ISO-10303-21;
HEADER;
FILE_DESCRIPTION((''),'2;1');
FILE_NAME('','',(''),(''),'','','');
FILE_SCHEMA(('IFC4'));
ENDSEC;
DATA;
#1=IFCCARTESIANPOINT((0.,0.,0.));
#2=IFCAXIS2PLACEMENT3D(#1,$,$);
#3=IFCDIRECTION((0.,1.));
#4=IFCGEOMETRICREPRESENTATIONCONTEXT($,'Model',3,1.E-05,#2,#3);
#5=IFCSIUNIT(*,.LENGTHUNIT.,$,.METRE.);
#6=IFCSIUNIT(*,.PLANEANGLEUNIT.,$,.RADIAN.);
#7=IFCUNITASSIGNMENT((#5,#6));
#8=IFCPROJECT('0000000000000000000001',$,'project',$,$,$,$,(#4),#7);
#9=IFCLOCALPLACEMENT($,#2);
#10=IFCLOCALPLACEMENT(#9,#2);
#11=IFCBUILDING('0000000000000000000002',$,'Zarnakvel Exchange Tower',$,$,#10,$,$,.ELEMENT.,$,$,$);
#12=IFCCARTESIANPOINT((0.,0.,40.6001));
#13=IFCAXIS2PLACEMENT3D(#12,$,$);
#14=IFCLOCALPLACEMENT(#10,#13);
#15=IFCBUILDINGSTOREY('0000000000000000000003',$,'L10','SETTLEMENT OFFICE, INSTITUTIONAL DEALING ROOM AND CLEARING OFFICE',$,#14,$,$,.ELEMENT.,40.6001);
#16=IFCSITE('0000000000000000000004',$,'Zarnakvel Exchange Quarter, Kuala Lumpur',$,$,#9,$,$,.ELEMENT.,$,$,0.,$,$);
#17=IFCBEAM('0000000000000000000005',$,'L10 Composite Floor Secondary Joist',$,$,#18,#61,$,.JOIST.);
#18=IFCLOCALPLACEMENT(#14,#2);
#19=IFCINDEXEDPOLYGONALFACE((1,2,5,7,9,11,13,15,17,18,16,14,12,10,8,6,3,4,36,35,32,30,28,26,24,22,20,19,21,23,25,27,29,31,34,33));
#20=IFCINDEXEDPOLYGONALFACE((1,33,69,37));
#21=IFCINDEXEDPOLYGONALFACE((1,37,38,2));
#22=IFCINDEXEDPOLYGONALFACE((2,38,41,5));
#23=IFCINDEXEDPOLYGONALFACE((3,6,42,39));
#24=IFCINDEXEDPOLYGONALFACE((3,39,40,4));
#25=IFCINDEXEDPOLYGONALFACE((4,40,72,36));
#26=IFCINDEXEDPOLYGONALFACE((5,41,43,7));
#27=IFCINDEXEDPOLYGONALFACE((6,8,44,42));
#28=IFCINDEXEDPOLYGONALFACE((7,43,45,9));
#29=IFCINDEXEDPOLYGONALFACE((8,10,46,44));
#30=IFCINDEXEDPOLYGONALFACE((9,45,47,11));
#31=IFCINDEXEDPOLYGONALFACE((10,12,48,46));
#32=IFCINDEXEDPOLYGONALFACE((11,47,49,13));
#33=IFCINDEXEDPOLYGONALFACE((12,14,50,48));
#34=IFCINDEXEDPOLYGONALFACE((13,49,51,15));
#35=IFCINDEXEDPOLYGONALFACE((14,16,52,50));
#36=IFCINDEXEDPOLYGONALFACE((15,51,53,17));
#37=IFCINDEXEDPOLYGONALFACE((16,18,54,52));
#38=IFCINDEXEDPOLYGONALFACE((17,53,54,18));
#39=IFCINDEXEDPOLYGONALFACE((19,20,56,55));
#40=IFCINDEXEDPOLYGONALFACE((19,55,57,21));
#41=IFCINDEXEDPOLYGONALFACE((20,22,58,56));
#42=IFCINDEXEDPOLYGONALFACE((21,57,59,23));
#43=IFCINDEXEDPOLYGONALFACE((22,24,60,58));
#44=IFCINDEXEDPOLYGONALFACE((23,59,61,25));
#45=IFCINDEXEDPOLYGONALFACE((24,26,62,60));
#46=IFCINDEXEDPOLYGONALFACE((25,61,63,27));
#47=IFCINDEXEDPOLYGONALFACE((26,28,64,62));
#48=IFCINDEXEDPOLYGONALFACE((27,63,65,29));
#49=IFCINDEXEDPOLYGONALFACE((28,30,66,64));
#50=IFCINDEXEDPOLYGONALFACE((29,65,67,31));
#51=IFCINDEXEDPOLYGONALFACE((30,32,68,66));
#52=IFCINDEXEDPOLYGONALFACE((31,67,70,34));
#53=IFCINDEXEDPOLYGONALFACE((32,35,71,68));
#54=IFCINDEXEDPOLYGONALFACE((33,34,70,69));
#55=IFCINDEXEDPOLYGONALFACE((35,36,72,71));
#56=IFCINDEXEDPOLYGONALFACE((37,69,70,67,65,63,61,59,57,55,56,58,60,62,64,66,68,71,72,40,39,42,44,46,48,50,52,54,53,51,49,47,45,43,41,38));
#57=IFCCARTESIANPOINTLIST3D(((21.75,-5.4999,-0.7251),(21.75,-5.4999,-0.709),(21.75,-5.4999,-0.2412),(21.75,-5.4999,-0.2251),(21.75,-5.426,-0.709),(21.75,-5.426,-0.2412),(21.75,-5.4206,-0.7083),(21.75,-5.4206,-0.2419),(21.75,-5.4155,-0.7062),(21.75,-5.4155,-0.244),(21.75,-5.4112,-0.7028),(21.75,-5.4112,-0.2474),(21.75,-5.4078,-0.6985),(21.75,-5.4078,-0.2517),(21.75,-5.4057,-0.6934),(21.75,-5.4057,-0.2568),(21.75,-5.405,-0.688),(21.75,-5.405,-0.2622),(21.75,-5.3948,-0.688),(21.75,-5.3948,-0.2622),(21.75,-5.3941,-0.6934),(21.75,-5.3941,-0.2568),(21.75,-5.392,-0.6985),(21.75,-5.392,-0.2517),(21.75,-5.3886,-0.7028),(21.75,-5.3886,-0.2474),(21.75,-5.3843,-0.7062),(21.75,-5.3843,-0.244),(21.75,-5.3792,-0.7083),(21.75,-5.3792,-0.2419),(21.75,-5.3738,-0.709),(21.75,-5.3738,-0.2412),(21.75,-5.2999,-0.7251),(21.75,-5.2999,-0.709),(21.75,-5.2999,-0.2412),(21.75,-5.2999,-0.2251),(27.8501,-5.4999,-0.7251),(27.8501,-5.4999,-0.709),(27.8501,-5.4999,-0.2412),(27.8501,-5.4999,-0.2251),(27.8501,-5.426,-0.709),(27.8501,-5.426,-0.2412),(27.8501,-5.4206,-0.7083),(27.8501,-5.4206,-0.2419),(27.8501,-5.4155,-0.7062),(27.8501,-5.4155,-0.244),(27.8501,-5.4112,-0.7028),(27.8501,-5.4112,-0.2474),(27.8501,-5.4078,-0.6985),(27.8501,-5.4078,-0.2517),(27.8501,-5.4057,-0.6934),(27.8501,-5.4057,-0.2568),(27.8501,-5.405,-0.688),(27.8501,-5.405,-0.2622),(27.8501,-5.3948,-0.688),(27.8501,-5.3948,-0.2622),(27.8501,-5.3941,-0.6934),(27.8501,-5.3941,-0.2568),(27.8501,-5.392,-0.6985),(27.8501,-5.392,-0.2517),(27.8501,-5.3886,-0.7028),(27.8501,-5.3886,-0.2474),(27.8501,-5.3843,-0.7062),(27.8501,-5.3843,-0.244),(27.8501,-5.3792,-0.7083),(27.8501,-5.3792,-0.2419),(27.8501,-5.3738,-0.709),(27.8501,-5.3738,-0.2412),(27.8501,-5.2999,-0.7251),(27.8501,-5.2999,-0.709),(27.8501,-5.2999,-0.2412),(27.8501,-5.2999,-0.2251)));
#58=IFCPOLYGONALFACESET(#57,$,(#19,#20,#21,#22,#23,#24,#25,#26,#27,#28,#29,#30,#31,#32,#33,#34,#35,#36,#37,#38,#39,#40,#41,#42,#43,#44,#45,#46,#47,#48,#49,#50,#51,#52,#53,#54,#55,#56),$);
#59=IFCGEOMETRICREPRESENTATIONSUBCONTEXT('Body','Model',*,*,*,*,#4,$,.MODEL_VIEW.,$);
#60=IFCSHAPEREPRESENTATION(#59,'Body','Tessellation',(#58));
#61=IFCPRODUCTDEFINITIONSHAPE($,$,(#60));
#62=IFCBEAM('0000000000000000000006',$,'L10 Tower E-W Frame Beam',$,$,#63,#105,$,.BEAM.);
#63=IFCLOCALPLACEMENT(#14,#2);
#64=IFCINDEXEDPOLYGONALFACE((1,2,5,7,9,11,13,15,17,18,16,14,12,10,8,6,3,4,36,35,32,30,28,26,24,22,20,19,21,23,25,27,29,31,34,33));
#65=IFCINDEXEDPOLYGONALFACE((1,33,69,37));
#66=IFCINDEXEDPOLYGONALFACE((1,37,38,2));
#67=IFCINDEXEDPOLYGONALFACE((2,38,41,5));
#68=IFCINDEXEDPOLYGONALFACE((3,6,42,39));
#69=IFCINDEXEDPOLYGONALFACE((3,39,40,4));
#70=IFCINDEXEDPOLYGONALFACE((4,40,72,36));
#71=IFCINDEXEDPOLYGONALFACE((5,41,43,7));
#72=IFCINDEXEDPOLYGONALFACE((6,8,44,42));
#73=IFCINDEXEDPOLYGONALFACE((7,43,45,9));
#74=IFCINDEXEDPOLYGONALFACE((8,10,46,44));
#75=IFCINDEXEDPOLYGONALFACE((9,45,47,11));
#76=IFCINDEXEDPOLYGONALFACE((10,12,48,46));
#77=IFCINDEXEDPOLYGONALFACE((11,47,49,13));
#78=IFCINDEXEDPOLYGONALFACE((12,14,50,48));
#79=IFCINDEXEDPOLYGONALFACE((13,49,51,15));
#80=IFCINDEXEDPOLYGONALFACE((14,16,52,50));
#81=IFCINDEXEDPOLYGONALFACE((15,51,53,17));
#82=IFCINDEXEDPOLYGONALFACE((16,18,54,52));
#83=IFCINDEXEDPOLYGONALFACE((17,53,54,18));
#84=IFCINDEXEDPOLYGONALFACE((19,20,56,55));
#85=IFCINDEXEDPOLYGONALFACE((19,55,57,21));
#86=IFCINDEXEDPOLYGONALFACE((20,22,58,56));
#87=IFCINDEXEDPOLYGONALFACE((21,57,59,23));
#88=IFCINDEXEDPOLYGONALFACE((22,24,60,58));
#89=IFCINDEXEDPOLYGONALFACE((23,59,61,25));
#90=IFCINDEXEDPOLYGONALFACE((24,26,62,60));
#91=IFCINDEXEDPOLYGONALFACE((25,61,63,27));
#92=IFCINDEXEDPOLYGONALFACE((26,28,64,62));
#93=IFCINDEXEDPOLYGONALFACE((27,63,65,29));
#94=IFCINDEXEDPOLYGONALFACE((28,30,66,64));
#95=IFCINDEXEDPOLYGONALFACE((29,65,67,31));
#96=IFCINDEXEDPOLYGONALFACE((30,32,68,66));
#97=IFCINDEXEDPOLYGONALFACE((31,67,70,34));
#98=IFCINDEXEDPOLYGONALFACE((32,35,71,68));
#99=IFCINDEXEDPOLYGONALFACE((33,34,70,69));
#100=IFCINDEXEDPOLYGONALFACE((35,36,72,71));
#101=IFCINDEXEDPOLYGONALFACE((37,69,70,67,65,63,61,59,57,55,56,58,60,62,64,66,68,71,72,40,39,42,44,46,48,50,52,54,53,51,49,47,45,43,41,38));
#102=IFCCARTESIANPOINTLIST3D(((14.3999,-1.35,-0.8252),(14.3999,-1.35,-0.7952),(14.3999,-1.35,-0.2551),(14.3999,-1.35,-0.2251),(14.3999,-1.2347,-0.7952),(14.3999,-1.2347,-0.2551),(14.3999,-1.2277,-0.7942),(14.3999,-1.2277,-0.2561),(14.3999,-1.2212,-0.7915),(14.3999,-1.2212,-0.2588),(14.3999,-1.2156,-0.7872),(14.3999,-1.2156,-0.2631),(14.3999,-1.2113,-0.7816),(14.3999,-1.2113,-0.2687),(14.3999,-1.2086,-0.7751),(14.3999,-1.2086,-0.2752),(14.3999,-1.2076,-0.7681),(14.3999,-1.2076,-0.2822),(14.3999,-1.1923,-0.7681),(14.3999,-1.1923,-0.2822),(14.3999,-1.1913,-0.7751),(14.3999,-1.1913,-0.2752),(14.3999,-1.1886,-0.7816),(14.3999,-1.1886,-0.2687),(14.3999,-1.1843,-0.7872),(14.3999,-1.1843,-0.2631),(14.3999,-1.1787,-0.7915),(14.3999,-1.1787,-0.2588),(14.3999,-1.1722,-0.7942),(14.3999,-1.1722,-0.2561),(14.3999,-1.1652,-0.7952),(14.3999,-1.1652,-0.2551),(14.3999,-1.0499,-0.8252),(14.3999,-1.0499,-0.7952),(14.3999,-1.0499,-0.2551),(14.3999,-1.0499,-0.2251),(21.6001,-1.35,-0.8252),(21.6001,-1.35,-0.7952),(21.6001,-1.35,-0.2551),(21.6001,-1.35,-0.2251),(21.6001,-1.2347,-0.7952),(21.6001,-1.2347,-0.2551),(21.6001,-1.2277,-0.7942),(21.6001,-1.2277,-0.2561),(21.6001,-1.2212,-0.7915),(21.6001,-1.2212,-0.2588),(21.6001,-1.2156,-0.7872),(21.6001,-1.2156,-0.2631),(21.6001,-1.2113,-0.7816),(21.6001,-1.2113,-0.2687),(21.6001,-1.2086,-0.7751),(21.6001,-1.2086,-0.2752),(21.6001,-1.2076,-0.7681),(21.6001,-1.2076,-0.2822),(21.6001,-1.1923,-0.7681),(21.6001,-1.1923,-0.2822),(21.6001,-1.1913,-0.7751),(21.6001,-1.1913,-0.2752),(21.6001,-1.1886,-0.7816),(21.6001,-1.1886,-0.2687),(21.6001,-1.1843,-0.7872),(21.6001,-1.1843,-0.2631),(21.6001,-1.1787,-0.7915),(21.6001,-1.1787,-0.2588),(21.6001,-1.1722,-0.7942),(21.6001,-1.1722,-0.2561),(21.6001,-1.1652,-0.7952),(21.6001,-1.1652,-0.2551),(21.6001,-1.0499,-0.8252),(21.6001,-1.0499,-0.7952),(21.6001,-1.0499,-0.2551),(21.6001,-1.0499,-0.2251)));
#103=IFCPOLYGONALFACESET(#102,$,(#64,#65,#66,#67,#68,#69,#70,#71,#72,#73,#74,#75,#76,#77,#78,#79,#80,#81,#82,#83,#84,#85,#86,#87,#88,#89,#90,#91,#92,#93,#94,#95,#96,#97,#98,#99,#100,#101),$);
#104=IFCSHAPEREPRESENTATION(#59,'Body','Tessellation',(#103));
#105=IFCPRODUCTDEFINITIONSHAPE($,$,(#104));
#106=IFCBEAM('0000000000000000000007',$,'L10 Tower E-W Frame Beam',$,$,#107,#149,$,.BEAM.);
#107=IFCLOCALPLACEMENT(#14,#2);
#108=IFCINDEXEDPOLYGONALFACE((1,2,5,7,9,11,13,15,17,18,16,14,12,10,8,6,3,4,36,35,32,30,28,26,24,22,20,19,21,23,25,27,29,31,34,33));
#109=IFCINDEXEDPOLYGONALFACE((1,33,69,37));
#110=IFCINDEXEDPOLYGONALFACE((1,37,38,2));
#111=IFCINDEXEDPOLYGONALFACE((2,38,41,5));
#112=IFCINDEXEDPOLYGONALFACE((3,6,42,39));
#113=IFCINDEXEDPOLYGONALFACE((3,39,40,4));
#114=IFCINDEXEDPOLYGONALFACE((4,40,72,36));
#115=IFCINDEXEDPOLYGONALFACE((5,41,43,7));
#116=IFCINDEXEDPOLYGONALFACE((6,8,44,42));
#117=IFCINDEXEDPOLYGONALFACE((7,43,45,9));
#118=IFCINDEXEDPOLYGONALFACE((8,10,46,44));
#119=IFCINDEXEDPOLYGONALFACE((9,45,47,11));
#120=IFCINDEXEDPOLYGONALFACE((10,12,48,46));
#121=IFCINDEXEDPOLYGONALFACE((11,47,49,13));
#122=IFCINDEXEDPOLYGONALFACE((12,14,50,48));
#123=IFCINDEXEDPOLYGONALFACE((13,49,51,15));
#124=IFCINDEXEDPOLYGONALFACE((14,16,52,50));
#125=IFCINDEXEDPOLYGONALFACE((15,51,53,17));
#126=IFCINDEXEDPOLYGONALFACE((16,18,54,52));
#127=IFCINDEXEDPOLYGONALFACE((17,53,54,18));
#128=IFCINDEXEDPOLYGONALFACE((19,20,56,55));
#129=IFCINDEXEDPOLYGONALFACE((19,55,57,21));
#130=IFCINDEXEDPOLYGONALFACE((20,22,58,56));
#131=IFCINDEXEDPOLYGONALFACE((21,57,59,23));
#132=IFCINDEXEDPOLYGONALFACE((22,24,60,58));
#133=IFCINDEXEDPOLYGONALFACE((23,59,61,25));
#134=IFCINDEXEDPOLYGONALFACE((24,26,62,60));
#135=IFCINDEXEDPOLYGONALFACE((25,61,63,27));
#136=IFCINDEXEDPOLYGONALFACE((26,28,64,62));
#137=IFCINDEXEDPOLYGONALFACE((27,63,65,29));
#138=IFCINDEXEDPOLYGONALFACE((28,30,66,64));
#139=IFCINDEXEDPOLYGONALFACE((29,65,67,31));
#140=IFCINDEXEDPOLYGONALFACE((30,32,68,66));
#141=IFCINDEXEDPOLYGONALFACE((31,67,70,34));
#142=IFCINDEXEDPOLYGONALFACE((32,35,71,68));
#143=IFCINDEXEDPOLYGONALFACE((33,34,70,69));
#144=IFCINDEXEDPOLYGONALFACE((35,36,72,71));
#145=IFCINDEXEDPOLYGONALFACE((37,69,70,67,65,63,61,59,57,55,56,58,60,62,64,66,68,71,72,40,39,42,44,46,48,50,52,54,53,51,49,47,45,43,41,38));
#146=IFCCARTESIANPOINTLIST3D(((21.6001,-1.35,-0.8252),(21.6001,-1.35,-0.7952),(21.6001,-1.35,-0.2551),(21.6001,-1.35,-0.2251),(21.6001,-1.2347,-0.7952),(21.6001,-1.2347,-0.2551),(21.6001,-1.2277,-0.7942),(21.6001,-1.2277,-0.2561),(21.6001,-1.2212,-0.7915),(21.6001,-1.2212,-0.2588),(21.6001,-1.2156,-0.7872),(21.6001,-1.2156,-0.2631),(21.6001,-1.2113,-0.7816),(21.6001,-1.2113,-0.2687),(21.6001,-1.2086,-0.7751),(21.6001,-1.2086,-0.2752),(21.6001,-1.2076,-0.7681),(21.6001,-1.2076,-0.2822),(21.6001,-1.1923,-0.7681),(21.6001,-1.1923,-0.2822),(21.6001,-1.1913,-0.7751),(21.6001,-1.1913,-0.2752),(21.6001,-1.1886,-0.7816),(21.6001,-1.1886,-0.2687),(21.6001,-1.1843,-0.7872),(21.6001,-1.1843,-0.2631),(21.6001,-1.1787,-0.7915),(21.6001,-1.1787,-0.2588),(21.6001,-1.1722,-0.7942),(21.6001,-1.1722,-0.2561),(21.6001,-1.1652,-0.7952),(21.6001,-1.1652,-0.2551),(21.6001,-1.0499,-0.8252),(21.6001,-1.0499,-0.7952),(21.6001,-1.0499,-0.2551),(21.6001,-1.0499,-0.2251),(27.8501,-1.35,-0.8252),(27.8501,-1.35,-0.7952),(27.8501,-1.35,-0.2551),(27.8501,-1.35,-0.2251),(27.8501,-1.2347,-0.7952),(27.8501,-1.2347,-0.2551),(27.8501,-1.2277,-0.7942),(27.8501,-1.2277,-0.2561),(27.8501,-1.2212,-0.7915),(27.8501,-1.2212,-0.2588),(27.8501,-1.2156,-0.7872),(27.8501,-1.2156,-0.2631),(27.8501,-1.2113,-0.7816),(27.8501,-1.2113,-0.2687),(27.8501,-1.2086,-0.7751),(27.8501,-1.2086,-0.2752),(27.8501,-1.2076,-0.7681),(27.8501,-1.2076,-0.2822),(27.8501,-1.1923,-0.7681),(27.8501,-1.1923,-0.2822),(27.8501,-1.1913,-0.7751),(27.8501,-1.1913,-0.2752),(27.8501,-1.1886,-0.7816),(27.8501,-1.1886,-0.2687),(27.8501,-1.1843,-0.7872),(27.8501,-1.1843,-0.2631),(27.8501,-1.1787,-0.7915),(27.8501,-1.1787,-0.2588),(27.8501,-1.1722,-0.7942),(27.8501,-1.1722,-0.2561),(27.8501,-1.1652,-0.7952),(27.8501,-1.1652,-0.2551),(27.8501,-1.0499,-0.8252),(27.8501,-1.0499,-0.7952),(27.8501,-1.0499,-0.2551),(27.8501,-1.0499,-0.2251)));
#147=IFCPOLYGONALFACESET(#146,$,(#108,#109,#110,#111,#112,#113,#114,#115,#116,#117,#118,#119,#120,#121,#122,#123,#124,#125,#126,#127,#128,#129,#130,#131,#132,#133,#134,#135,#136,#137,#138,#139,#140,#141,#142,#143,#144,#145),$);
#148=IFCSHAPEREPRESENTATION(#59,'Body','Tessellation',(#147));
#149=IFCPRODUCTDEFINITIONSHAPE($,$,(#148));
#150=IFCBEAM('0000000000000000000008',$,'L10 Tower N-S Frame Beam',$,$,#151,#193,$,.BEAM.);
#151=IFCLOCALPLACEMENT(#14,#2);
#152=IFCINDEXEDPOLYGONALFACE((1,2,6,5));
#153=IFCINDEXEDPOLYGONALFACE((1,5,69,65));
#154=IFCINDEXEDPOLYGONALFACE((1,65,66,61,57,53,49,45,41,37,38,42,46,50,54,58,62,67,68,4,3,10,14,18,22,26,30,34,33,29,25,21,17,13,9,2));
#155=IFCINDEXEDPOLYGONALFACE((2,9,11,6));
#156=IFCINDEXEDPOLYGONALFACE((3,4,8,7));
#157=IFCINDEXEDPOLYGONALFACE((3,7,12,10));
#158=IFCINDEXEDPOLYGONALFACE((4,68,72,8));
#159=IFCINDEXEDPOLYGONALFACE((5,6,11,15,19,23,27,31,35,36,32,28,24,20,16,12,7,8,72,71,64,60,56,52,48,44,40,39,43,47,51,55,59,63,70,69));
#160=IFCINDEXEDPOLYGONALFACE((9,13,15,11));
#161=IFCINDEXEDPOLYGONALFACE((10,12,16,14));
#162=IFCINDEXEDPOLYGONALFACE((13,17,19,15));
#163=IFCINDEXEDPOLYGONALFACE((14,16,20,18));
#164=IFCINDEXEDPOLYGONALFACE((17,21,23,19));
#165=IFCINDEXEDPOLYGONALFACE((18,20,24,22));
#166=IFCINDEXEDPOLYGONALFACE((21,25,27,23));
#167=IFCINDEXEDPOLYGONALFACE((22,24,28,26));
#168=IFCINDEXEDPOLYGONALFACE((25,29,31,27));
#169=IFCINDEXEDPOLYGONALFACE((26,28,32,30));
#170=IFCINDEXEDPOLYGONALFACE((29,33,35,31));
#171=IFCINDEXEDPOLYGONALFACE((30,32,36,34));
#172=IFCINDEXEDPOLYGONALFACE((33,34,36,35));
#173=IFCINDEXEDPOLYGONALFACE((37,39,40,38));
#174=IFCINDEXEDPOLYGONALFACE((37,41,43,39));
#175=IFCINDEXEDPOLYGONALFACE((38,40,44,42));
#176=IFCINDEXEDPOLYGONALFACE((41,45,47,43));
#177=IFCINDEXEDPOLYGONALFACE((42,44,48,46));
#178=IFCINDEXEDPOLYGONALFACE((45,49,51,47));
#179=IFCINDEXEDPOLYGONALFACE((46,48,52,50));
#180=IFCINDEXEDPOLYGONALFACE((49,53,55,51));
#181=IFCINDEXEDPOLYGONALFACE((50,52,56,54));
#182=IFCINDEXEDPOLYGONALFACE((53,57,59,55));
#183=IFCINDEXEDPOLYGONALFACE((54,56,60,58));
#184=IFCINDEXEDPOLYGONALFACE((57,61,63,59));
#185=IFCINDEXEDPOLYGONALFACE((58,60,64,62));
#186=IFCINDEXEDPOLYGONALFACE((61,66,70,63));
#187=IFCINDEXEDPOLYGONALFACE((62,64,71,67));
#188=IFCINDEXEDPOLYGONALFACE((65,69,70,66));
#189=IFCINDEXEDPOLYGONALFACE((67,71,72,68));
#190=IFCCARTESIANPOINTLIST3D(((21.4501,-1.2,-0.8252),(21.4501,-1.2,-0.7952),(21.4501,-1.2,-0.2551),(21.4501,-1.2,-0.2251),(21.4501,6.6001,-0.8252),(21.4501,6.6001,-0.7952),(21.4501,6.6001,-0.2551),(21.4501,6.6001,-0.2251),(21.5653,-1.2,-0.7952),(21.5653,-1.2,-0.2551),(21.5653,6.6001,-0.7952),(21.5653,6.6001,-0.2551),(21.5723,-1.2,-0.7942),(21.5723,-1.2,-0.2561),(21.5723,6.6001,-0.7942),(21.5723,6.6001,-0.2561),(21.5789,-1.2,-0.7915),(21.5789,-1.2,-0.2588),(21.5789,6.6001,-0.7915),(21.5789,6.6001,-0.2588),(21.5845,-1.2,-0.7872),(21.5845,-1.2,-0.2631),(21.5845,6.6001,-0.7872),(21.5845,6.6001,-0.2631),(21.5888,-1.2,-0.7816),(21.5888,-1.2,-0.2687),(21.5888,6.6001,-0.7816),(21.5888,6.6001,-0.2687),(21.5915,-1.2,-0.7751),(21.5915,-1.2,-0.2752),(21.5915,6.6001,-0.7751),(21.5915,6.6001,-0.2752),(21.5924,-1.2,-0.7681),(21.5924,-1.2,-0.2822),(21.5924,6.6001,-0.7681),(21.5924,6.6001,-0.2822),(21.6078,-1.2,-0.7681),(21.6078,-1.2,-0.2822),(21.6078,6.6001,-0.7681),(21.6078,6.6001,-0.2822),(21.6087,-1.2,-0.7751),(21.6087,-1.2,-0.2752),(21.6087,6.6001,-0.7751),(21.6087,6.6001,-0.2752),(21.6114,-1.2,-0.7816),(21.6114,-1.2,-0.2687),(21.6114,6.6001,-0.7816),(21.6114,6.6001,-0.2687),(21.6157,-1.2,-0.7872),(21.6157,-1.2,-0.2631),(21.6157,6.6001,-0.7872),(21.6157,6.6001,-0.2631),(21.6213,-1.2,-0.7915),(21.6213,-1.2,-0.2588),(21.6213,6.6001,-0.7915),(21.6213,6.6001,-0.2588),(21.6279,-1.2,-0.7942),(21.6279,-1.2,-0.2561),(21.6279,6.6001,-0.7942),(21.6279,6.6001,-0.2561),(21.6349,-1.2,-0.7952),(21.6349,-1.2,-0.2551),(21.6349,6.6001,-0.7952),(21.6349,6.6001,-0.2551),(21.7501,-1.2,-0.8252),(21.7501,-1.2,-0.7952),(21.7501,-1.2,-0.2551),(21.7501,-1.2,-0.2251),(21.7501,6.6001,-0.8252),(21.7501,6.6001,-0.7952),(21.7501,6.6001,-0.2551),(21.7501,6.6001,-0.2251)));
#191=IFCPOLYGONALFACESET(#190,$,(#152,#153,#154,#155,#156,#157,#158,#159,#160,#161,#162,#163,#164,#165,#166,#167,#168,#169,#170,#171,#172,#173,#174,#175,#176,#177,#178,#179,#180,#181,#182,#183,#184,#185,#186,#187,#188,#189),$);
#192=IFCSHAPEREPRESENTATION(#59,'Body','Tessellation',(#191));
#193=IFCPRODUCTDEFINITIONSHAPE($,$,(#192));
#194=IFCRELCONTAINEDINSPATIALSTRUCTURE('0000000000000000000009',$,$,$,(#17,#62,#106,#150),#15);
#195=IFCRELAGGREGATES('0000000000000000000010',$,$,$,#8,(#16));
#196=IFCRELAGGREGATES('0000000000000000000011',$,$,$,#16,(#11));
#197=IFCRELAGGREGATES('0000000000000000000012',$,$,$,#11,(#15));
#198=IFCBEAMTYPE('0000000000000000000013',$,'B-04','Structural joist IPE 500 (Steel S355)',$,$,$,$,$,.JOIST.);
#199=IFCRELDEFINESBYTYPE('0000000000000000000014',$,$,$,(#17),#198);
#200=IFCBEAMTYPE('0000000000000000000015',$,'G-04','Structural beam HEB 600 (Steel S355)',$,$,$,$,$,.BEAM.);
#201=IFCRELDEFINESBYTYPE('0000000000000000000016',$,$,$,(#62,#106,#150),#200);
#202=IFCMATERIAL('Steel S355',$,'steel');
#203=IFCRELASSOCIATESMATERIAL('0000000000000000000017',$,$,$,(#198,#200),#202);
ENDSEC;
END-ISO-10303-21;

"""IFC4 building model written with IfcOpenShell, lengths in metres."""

from ifc_helpers import new_model, si_unit, direction, frame, origin, origin_2d, place, context, subcontext, project, spatial, i_section, extrude, material, material_profile, profile_set, type_object, element, save


model = new_model("IFC4")

# Units and contexts
model_context = context("Model", 3, precision=1e-05, world=origin(), true_north=direction((0.0, 1.0)))
body_context = subcontext(model_context, "Body", "Model", "MODEL_VIEW")
ifc_project = project(units=[si_unit("LENGTHUNIT", "METRE"), si_unit("PLANEANGLEUNIT", "RADIAN")], contexts=[model_context])

# Site, building, storey
site_placement = place(None, origin())
site = spatial("IfcSite", under=ifc_project, at=site_placement, Name="Zarnakvel Exchange Quarter, Kuala Lumpur", CompositionType="ELEMENT", RefElevation=0.0)
building_placement = place(site_placement, origin())
building = spatial("IfcBuilding", under=site, at=building_placement, Name="Zarnakvel Exchange Tower", CompositionType="ELEMENT")
storey_placement = place(building_placement, frame((0.0, 0.0, 40.6001)))
storey = spatial("IfcBuildingStorey", under=building, at=storey_placement, Name="L10", Description="SETTLEMENT OFFICE, INSTITUTIONAL DEALING ROOM AND CLEARING OFFICE", CompositionType="ELEMENT", Elevation=40.6001)

# Shared definitions
ifc_material_1 = material(Name="Steel S355", Category="steel")

# Beams
ifc_material_profile_1 = material_profile(ifc_material_1, i_section(OverallWidth=0.2, OverallDepth=0.5, WebThickness=0.0103, FlangeThickness=0.0161, FilletRadius=0.021, at=origin_2d()))
ifc_profile_set_1 = profile_set([ifc_material_profile_1], Name="Steel S355")
beam_type_1 = type_object("IfcBeamType", Name="B-04", Description="Structural joist IPE 500 (Steel S355)", PredefinedType="JOIST", material=ifc_profile_set_1)
beam_1_placement = place(storey_placement, frame((21.75, -5.3999, -0.4751), z_axis=(1.0, 0.0, 0.0), x_axis=(0.0, 1.0, 0.0)))
element("IfcBeam", 1, at=beam_1_placement, inside=storey, type_object=beam_type_1, Name="L10 Composite Floor Secondary Joist", PredefinedType="JOIST", context=body_context, shape_type="SweptSolid", body=[
    extrude(i_section(OverallWidth=0.2, OverallDepth=0.5, WebThickness=0.0103, FlangeThickness=0.0161, FilletRadius=0.021, at=origin_2d()), origin(), (0.0, 0.0, 1.0), 6.1001),
])
ifc_material_profile_2 = material_profile(ifc_material_1, i_section(OverallWidth=0.3, OverallDepth=0.6001, WebThickness=0.0154, FlangeThickness=0.03, FilletRadius=0.0271, at=origin_2d()))
ifc_profile_set_2 = profile_set([ifc_material_profile_2], Name="Steel S355")
beam_type_2 = type_object("IfcBeamType", Name="G-04", Description="Structural beam HEB 600 (Steel S355)", PredefinedType="BEAM", material=ifc_profile_set_2)
beam_2_placement = place(storey_placement, frame((14.3999, -1.2, -0.5251), z_axis=(1.0, 0.0, 0.0), x_axis=(0.0, 1.0, 0.0)))
element("IfcBeam", 2, at=beam_2_placement, inside=storey, type_object=beam_type_2, Name="L10 Tower E-W Frame Beam", PredefinedType="BEAM", context=body_context, shape_type="SweptSolid", body=[
    extrude(i_section(OverallWidth=0.3, OverallDepth=0.6001, WebThickness=0.0154, FlangeThickness=0.03, FilletRadius=0.0271, at=origin_2d()), origin(), (0.0, 0.0, 1.0), 7.2002),
])
beam_3_placement = place(storey_placement, frame((21.6001, -1.2, -0.5251), z_axis=(1.0, 0.0, 0.0), x_axis=(0.0, 1.0, 0.0)))
element("IfcBeam", 3, at=beam_3_placement, inside=storey, type_object=beam_type_2, Name="L10 Tower E-W Frame Beam", PredefinedType="BEAM", context=body_context, shape_type="SweptSolid", body=[
    extrude(i_section(OverallWidth=0.3, OverallDepth=0.6001, WebThickness=0.0154, FlangeThickness=0.03, FilletRadius=0.0271, at=origin_2d()), origin(), (0.0, 0.0, 1.0), 6.25),
])
beam_4_placement = place(storey_placement, frame((21.6001, -1.2, -0.5251), z_axis=(0.0, 1.0, 0.0), x_axis=(-1.0, 0.0, 0.0)))
element("IfcBeam", 4, at=beam_4_placement, inside=storey, type_object=beam_type_2, Name="L10 Tower N-S Frame Beam", PredefinedType="BEAM", context=body_context, shape_type="SweptSolid", body=[
    extrude(i_section(OverallWidth=0.3, OverallDepth=0.6001, WebThickness=0.0154, FlangeThickness=0.03, FilletRadius=0.0271, at=origin_2d()), origin(), (0.0, 0.0, 1.0), 7.8),
])

save(model, "model.ifc")
